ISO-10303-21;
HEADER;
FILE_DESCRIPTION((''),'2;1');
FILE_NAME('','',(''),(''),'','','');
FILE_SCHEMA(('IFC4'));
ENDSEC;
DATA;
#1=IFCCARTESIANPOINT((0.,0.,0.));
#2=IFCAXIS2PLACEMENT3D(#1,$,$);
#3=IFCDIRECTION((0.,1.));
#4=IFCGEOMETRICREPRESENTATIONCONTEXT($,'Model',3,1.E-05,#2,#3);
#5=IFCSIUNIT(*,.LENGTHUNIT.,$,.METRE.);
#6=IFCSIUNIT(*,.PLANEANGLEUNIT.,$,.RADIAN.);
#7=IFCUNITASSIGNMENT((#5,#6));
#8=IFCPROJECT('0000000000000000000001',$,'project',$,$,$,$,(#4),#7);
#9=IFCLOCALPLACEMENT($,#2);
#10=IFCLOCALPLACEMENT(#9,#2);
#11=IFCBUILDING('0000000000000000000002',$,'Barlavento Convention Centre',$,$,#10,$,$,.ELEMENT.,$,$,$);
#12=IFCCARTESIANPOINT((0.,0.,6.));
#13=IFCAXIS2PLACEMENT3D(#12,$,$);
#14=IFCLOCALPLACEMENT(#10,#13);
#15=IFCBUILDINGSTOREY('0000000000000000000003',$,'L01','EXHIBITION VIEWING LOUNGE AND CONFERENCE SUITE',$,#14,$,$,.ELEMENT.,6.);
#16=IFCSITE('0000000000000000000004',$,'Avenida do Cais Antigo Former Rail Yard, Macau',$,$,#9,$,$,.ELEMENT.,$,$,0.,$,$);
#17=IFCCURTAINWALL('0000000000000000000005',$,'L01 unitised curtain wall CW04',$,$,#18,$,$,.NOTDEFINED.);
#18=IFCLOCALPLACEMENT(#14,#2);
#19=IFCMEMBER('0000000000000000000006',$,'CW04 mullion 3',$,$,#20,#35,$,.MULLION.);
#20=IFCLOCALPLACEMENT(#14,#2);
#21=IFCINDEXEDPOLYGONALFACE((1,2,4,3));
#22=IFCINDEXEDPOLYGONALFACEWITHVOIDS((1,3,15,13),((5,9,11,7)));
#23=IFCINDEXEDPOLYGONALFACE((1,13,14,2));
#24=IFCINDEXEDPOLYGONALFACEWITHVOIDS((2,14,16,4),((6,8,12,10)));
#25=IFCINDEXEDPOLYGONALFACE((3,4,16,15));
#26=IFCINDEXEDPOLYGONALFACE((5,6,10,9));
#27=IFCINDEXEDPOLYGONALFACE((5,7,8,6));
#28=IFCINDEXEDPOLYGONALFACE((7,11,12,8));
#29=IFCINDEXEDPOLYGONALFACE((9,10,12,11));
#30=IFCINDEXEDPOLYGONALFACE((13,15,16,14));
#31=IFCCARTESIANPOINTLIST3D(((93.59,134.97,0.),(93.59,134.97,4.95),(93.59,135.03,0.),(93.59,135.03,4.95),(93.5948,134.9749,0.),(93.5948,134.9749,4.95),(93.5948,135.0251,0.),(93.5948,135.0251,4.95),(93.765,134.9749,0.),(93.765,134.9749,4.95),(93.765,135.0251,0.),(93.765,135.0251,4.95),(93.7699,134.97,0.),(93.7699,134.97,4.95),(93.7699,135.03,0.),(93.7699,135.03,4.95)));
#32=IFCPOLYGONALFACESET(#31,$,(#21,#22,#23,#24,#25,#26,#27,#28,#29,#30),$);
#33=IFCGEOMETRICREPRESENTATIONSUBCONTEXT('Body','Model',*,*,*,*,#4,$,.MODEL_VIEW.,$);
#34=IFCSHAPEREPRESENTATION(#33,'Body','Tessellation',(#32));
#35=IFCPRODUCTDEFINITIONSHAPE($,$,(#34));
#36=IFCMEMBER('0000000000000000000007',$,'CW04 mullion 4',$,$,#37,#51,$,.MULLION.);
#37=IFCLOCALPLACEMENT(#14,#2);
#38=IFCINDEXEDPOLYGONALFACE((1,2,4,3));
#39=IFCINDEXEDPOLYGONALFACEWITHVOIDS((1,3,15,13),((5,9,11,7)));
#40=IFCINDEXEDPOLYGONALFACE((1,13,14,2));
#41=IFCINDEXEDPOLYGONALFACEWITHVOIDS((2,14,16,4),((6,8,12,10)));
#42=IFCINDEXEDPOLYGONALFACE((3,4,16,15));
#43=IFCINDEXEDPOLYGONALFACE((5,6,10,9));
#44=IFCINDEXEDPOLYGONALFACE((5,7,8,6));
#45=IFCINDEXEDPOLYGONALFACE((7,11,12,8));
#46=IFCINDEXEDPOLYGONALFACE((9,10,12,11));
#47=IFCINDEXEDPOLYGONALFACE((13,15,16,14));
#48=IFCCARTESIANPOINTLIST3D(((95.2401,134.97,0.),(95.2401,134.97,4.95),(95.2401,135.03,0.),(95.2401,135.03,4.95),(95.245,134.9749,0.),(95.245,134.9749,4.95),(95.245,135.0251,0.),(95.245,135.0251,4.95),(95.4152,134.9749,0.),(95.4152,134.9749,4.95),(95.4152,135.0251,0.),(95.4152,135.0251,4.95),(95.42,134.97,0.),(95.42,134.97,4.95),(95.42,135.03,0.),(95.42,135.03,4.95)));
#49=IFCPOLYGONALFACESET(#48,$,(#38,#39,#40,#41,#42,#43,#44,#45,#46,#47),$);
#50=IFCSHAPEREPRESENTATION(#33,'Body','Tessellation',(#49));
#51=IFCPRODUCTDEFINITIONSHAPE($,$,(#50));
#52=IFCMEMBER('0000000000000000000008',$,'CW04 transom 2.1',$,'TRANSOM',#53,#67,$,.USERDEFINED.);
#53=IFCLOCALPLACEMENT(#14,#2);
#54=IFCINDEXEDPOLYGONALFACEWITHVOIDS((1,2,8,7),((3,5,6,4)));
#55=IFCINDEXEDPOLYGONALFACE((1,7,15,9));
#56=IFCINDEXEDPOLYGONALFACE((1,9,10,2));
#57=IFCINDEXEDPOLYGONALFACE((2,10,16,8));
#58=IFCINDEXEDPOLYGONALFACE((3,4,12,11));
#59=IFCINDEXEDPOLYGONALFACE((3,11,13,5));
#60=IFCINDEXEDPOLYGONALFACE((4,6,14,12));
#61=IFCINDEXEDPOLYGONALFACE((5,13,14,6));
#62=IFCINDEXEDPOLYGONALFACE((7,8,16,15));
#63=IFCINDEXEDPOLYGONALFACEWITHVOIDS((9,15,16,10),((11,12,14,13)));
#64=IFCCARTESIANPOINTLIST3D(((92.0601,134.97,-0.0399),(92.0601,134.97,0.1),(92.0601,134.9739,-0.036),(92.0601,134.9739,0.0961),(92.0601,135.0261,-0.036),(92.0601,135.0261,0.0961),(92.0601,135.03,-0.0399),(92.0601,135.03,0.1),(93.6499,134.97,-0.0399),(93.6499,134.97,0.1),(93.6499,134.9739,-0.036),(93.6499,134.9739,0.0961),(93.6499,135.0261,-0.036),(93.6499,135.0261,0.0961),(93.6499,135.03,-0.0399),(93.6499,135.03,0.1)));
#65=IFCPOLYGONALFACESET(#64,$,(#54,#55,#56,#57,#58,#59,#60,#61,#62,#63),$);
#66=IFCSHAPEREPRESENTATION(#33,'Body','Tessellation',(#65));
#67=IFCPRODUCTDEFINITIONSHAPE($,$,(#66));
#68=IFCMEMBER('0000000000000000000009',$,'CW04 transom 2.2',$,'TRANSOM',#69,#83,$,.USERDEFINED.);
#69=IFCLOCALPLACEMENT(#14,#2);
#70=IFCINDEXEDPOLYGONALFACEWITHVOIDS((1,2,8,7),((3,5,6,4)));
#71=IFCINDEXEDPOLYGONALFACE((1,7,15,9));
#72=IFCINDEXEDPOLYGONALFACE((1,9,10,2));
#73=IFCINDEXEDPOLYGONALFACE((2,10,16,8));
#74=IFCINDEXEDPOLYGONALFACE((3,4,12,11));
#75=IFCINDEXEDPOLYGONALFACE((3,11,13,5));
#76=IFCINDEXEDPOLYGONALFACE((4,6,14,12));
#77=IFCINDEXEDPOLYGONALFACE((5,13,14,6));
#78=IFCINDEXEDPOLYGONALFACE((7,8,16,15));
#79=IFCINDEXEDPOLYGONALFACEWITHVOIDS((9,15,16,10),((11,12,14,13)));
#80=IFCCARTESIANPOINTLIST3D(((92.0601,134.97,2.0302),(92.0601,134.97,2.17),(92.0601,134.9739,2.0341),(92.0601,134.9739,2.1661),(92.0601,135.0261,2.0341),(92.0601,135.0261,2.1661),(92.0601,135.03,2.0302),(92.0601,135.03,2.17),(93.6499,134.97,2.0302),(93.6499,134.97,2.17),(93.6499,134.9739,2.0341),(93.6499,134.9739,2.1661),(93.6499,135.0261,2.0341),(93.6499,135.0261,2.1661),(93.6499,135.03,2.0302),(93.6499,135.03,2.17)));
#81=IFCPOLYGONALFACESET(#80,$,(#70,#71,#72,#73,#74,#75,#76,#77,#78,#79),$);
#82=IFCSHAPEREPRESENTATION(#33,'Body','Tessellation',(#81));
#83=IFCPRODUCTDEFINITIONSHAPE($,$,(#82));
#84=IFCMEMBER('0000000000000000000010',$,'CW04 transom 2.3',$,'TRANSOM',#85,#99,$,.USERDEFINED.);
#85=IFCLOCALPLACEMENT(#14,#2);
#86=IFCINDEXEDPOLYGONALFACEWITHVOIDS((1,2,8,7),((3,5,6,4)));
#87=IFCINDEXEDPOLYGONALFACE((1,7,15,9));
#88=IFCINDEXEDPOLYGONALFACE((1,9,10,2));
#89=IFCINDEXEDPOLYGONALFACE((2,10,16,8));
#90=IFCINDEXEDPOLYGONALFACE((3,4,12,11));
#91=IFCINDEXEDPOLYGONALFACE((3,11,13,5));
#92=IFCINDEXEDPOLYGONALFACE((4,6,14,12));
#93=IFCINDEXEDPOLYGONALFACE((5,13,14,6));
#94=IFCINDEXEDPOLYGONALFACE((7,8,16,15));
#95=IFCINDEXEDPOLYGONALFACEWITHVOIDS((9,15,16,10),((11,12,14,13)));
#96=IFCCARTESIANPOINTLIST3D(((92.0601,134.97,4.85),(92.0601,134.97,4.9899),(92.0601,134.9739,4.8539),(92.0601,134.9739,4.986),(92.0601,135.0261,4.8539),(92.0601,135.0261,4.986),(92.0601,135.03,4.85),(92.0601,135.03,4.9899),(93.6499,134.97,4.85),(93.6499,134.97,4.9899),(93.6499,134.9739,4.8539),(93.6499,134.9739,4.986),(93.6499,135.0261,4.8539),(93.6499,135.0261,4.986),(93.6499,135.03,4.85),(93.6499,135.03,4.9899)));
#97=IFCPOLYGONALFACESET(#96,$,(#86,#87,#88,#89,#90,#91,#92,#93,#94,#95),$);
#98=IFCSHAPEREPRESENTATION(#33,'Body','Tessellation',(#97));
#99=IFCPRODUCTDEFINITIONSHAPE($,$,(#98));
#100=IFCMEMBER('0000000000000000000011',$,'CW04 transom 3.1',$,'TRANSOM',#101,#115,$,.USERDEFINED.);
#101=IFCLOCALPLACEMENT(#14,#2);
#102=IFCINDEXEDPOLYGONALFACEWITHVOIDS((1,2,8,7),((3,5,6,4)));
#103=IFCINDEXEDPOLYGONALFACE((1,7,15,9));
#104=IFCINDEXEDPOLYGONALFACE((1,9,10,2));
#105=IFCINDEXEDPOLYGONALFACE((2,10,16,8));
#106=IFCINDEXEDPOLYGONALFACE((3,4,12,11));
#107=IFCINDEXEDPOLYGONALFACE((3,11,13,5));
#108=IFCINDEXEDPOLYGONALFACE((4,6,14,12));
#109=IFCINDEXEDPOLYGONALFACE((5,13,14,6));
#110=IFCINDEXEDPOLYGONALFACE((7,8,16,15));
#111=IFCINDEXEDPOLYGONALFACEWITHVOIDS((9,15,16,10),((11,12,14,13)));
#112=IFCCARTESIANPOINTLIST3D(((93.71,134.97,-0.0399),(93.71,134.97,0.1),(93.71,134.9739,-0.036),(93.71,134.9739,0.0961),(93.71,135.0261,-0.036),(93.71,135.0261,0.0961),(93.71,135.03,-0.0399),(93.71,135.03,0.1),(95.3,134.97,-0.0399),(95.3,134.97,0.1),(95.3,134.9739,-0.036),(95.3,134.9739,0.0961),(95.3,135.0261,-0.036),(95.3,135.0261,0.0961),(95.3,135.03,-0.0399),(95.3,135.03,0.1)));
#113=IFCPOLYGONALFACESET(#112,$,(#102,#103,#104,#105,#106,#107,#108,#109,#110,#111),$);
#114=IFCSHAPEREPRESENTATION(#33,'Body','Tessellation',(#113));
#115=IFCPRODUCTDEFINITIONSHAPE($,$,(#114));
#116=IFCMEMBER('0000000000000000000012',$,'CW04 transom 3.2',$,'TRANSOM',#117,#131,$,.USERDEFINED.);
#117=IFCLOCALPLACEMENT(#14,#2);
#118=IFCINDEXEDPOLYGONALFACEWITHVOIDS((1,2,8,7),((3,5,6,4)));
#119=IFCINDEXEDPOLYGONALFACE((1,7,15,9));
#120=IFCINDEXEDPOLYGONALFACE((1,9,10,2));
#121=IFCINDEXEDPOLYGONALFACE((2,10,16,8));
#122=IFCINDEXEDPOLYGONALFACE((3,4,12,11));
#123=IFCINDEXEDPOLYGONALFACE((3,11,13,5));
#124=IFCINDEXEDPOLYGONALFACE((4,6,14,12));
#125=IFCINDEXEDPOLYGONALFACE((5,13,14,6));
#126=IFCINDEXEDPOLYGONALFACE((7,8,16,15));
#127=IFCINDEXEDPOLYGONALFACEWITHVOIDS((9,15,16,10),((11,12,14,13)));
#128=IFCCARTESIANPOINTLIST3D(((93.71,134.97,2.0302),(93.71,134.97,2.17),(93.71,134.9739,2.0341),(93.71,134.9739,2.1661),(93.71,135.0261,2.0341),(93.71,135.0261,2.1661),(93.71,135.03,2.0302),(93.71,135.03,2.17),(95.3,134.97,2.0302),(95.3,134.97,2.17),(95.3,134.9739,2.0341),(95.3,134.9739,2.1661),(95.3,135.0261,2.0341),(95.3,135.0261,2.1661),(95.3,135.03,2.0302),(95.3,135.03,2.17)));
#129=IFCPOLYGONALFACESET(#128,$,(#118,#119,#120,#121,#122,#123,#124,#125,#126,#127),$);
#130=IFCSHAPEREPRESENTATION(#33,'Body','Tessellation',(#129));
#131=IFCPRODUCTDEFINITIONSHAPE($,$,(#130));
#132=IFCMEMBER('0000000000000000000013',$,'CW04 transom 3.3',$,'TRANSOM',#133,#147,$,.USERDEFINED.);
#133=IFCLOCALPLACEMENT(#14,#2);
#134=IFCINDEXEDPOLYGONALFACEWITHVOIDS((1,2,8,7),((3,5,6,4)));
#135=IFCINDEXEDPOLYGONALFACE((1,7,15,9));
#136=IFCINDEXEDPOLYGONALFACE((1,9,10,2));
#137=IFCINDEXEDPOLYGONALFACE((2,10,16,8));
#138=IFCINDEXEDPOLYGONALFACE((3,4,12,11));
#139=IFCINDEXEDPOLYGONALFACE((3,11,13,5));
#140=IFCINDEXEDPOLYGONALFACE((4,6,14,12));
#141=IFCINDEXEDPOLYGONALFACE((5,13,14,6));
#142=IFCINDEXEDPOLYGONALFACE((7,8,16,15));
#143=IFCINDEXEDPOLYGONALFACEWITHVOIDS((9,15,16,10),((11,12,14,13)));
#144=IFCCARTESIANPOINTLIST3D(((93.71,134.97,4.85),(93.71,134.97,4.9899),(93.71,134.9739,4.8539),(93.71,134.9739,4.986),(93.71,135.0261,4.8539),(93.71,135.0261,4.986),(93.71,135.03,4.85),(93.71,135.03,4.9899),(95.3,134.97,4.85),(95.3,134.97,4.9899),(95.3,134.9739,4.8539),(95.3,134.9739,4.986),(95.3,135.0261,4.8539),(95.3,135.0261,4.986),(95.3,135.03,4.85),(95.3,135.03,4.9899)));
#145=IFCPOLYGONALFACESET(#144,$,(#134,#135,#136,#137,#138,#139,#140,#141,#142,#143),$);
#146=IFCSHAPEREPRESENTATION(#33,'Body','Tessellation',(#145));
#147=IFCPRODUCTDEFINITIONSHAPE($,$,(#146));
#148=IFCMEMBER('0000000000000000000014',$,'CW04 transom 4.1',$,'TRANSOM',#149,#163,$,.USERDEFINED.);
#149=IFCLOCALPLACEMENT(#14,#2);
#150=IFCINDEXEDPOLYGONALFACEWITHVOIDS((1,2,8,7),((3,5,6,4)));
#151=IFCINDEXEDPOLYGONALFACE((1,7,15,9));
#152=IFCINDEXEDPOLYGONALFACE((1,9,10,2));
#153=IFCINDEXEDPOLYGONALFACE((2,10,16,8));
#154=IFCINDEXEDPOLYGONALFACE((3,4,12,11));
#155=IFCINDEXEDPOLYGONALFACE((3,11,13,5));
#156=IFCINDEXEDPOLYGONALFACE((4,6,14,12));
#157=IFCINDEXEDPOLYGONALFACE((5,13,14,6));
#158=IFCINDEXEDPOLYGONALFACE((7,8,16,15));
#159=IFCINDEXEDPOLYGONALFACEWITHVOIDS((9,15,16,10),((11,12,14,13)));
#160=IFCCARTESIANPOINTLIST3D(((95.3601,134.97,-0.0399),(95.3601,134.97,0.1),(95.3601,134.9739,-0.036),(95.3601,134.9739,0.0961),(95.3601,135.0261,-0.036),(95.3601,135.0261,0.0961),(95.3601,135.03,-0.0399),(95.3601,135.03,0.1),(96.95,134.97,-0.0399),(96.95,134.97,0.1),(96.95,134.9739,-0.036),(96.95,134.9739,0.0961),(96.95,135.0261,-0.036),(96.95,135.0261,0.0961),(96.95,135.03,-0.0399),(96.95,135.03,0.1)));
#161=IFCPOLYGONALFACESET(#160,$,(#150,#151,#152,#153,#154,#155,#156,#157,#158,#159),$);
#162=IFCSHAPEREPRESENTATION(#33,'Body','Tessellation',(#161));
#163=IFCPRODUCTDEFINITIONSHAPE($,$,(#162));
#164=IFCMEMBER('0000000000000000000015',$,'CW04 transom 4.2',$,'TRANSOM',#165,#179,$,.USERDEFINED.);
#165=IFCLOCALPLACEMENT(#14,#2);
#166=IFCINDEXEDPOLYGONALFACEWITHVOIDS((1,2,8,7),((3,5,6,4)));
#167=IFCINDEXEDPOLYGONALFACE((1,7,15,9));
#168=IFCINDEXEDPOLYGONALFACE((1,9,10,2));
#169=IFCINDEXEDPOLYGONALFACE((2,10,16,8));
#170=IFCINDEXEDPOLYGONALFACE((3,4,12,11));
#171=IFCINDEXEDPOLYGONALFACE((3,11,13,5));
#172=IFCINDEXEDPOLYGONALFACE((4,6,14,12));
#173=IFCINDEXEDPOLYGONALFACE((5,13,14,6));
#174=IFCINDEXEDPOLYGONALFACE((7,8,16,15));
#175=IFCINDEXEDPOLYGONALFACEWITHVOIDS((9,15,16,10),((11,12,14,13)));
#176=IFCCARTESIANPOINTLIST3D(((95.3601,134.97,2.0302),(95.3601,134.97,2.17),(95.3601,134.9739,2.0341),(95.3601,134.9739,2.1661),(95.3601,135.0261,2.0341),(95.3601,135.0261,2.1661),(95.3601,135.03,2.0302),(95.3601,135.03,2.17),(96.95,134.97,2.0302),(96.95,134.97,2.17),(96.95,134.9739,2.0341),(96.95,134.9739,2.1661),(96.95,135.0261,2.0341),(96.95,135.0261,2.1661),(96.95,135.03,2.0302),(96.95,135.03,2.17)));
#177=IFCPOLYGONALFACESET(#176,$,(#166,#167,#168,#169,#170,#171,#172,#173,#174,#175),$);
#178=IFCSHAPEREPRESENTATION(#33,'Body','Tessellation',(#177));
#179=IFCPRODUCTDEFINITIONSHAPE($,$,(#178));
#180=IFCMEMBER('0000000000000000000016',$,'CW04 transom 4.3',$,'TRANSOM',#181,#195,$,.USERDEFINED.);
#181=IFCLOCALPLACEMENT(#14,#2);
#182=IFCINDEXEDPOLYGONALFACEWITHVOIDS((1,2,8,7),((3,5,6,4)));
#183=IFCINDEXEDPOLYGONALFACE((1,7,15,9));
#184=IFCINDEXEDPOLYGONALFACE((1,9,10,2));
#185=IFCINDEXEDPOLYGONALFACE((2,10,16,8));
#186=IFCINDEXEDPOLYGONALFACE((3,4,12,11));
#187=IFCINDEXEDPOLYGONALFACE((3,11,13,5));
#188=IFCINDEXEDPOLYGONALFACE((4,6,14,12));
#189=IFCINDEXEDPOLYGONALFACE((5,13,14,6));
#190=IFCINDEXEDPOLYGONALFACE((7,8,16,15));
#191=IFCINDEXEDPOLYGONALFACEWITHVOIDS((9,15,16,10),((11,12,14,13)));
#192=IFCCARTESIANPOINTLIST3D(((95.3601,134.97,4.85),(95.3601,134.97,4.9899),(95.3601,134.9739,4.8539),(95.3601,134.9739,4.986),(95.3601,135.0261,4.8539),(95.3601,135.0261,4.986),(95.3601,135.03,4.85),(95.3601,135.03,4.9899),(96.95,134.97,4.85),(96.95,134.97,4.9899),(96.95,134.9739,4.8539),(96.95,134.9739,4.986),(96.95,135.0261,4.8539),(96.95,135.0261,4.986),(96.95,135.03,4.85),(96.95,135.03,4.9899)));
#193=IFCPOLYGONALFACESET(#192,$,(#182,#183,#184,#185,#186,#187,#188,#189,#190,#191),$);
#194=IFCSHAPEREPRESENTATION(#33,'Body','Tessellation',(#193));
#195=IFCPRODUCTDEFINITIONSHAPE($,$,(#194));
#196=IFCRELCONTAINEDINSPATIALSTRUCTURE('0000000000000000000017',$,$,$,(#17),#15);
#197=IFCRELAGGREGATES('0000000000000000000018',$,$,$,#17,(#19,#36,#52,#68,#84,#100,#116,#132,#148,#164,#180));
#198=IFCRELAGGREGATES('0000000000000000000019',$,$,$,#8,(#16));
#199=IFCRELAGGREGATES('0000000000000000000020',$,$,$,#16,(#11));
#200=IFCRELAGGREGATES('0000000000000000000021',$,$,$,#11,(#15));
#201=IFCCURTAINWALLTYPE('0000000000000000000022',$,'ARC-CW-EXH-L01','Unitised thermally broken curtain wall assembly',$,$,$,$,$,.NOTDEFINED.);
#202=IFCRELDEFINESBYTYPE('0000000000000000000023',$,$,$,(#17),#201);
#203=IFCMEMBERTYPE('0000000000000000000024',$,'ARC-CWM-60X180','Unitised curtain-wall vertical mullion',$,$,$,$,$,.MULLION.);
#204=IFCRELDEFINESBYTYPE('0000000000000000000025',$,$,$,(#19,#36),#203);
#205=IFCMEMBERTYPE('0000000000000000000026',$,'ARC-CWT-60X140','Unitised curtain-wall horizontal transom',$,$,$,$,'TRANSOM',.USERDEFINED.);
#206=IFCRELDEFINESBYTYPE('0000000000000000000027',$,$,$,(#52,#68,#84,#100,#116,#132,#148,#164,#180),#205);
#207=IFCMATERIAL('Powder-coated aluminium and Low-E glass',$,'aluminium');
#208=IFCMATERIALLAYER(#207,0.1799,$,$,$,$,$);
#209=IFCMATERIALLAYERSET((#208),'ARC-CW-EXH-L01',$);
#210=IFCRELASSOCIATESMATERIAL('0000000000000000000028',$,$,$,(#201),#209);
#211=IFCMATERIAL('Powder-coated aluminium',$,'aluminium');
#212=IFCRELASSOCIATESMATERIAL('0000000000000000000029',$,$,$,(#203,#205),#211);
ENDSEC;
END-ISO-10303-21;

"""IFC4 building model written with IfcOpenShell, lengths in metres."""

from ifc_helpers import new_model, si_unit, direction, frame, origin, origin_2d, place, context, subcontext, project, spatial, hollow_rectangle, extrude, material, layer, layer_set, material_profile, profile_set, type_object, element, aggregate, save


model = new_model("IFC4")

# Units and contexts
model_context = context("Model", 3, precision=1e-05, world=origin(), true_north=direction((0.0, 1.0)))
body_context = subcontext(model_context, "Body", "Model", "MODEL_VIEW")
ifc_project = project(units=[si_unit("LENGTHUNIT", "METRE"), si_unit("PLANEANGLEUNIT", "RADIAN")], contexts=[model_context])

# Site, building, storey
site_placement = place(None, origin())
site = spatial("IfcSite", under=ifc_project, at=site_placement, Name="Avenida do Cais Antigo Former Rail Yard, Macau", CompositionType="ELEMENT", RefElevation=0.0)
building_placement = place(site_placement, origin())
building = spatial("IfcBuilding", under=site, at=building_placement, Name="Barlavento Convention Centre", CompositionType="ELEMENT")
storey_placement = place(building_placement, frame((0.0, 0.0, 6.0)))
storey = spatial("IfcBuildingStorey", under=building, at=storey_placement, Name="L01", Description="EXHIBITION VIEWING LOUNGE AND CONFERENCE SUITE", CompositionType="ELEMENT", Elevation=6.0)

# Curtain wall, members
ifc_material_1 = material(Name="Powder-coated aluminium and Low-E glass", Category="aluminium")
ifc_layer_1 = layer(ifc_material_1, 0.1799)
ifc_layer_set_1 = layer_set([ifc_layer_1], Name="ARC-CW-EXH-L01")
curtain_wall_type = type_object("IfcCurtainWallType", Name="ARC-CW-EXH-L01", Description="Unitised thermally broken curtain wall assembly", PredefinedType="NOTDEFINED", material=ifc_layer_set_1)
curtain_wall_placement = place(storey_placement, origin())
curtain_wall = element("IfcCurtainWall", 1, at=curtain_wall_placement, inside=storey, type_object=curtain_wall_type, Name="L01 unitised curtain wall CW04", PredefinedType="NOTDEFINED")
ifc_material_2 = material(Name="Powder-coated aluminium", Category="aluminium")
ifc_material_profile_1 = material_profile(ifc_material_2, hollow_rectangle(XDim=0.0601, YDim=0.1799, WallThickness=0.0049, at=origin_2d()), Name="AL-MULL 60x180x5")
ifc_profile_set_1 = profile_set([ifc_material_profile_1], Name="Powder-coated aluminium")
member_type_1 = type_object("IfcMemberType", Name="ARC-CWM-60X180", Description="Unitised curtain-wall vertical mullion", PredefinedType="MULLION", material=ifc_profile_set_1)
member_1_placement = place(storey_placement, frame((93.6799, 135.0, 0.0), z_axis=(0.0, 0.0, 1.0), x_axis=(0.0, 1.0, 0.0)))
member_1 = element("IfcMember", 2, at=member_1_placement, type_object=member_type_1, Name="CW04 mullion 3", PredefinedType="MULLION", context=body_context, shape_type="SweptSolid", body=[
    extrude(hollow_rectangle(XDim=0.0601, YDim=0.1799, WallThickness=0.0049, at=origin_2d()), origin(), (0.0, 0.0, 1.0), 4.95),
])
member_2_placement = place(storey_placement, frame((95.3301, 135.0, 0.0), z_axis=(0.0, 0.0, 1.0), x_axis=(0.0, 1.0, 0.0)))
member_2 = element("IfcMember", 3, at=member_2_placement, type_object=member_type_1, Name="CW04 mullion 4", PredefinedType="MULLION", context=body_context, shape_type="SweptSolid", body=[
    extrude(hollow_rectangle(XDim=0.0601, YDim=0.1799, WallThickness=0.0049, at=origin_2d()), origin(), (0.0, 0.0, 1.0), 4.95),
])
ifc_material_profile_2 = material_profile(ifc_material_2, hollow_rectangle(XDim=0.0601, YDim=0.1399, WallThickness=0.0039, at=origin_2d()), Name="AL-TRAN 60x140x4")
ifc_profile_set_2 = profile_set([ifc_material_profile_2], Name="Powder-coated aluminium")
member_type_2 = type_object("IfcMemberType", Name="ARC-CWT-60X140", Description="Unitised curtain-wall horizontal transom", ElementType="TRANSOM", PredefinedType="USERDEFINED", material=ifc_profile_set_2)
member_3_placement = place(storey_placement, frame((92.0601, 135.0, 0.03), z_axis=(1.0, 0.0, 0.0), x_axis=(0.0, 1.0, 0.0)))
member_3 = element("IfcMember", 4, at=member_3_placement, type_object=member_type_2, Name="CW04 transom 2.1", ObjectType="TRANSOM", PredefinedType="USERDEFINED", context=body_context, shape_type="SweptSolid", body=[
    extrude(hollow_rectangle(XDim=0.0601, YDim=0.1399, WallThickness=0.0039, at=origin_2d()), origin(), (0.0, 0.0, 1.0), 1.5898),
])
member_4_placement = place(storey_placement, frame((92.0601, 135.0, 2.1001), z_axis=(1.0, 0.0, 0.0), x_axis=(0.0, 1.0, 0.0)))
member_4 = element("IfcMember", 5, at=member_4_placement, type_object=member_type_2, Name="CW04 transom 2.2", ObjectType="TRANSOM", PredefinedType="USERDEFINED", context=body_context, shape_type="SweptSolid", body=[
    extrude(hollow_rectangle(XDim=0.0601, YDim=0.1399, WallThickness=0.0039, at=origin_2d()), origin(), (0.0, 0.0, 1.0), 1.5898),
])
member_5_placement = place(storey_placement, frame((92.0601, 135.0, 4.9199), z_axis=(1.0, 0.0, 0.0), x_axis=(0.0, 1.0, 0.0)))
member_5 = element("IfcMember", 6, at=member_5_placement, type_object=member_type_2, Name="CW04 transom 2.3", ObjectType="TRANSOM", PredefinedType="USERDEFINED", context=body_context, shape_type="SweptSolid", body=[
    extrude(hollow_rectangle(XDim=0.0601, YDim=0.1399, WallThickness=0.0039, at=origin_2d()), origin(), (0.0, 0.0, 1.0), 1.5898),
])
member_6_placement = place(storey_placement, frame((93.71, 135.0, 0.03), z_axis=(1.0, 0.0, 0.0), x_axis=(0.0, 1.0, 0.0)))
member_6 = element("IfcMember", 7, at=member_6_placement, type_object=member_type_2, Name="CW04 transom 3.1", ObjectType="TRANSOM", PredefinedType="USERDEFINED", context=body_context, shape_type="SweptSolid", body=[
    extrude(hollow_rectangle(XDim=0.0601, YDim=0.1399, WallThickness=0.0039, at=origin_2d()), origin(), (0.0, 0.0, 1.0), 1.5901),
])
member_7_placement = place(storey_placement, frame((93.71, 135.0, 2.1001), z_axis=(1.0, 0.0, 0.0), x_axis=(0.0, 1.0, 0.0)))
member_7 = element("IfcMember", 8, at=member_7_placement, type_object=member_type_2, Name="CW04 transom 3.2", ObjectType="TRANSOM", PredefinedType="USERDEFINED", context=body_context, shape_type="SweptSolid", body=[
    extrude(hollow_rectangle(XDim=0.0601, YDim=0.1399, WallThickness=0.0039, at=origin_2d()), origin(), (0.0, 0.0, 1.0), 1.5901),
])
member_8_placement = place(storey_placement, frame((93.71, 135.0, 4.9199), z_axis=(1.0, 0.0, 0.0), x_axis=(0.0, 1.0, 0.0)))
member_8 = element("IfcMember", 9, at=member_8_placement, type_object=member_type_2, Name="CW04 transom 3.3", ObjectType="TRANSOM", PredefinedType="USERDEFINED", context=body_context, shape_type="SweptSolid", body=[
    extrude(hollow_rectangle(XDim=0.0601, YDim=0.1399, WallThickness=0.0039, at=origin_2d()), origin(), (0.0, 0.0, 1.0), 1.5901),
])
member_9_placement = place(storey_placement, frame((95.3601, 135.0, 0.03), z_axis=(1.0, 0.0, 0.0), x_axis=(0.0, 1.0, 0.0)))
member_9 = element("IfcMember", 10, at=member_9_placement, type_object=member_type_2, Name="CW04 transom 4.1", ObjectType="TRANSOM", PredefinedType="USERDEFINED", context=body_context, shape_type="SweptSolid", body=[
    extrude(hollow_rectangle(XDim=0.0601, YDim=0.1399, WallThickness=0.0039, at=origin_2d()), origin(), (0.0, 0.0, 1.0), 1.5898),
])
member_10_placement = place(storey_placement, frame((95.3601, 135.0, 2.1001), z_axis=(1.0, 0.0, 0.0), x_axis=(0.0, 1.0, 0.0)))
member_10 = element("IfcMember", 11, at=member_10_placement, type_object=member_type_2, Name="CW04 transom 4.2", ObjectType="TRANSOM", PredefinedType="USERDEFINED", context=body_context, shape_type="SweptSolid", body=[
    extrude(hollow_rectangle(XDim=0.0601, YDim=0.1399, WallThickness=0.0039, at=origin_2d()), origin(), (0.0, 0.0, 1.0), 1.5898),
])
member_11_placement = place(storey_placement, frame((95.3601, 135.0, 4.9199), z_axis=(1.0, 0.0, 0.0), x_axis=(0.0, 1.0, 0.0)))
member_11 = element("IfcMember", 12, at=member_11_placement, type_object=member_type_2, Name="CW04 transom 4.3", ObjectType="TRANSOM", PredefinedType="USERDEFINED", context=body_context, shape_type="SweptSolid", body=[
    extrude(hollow_rectangle(XDim=0.0601, YDim=0.1399, WallThickness=0.0039, at=origin_2d()), origin(), (0.0, 0.0, 1.0), 1.5898),
])
aggregate(curtain_wall, [member_1, member_2, member_3, member_4, member_5, member_6, member_7, member_8, member_9, member_10, member_11])

save(model, "model.ifc")
